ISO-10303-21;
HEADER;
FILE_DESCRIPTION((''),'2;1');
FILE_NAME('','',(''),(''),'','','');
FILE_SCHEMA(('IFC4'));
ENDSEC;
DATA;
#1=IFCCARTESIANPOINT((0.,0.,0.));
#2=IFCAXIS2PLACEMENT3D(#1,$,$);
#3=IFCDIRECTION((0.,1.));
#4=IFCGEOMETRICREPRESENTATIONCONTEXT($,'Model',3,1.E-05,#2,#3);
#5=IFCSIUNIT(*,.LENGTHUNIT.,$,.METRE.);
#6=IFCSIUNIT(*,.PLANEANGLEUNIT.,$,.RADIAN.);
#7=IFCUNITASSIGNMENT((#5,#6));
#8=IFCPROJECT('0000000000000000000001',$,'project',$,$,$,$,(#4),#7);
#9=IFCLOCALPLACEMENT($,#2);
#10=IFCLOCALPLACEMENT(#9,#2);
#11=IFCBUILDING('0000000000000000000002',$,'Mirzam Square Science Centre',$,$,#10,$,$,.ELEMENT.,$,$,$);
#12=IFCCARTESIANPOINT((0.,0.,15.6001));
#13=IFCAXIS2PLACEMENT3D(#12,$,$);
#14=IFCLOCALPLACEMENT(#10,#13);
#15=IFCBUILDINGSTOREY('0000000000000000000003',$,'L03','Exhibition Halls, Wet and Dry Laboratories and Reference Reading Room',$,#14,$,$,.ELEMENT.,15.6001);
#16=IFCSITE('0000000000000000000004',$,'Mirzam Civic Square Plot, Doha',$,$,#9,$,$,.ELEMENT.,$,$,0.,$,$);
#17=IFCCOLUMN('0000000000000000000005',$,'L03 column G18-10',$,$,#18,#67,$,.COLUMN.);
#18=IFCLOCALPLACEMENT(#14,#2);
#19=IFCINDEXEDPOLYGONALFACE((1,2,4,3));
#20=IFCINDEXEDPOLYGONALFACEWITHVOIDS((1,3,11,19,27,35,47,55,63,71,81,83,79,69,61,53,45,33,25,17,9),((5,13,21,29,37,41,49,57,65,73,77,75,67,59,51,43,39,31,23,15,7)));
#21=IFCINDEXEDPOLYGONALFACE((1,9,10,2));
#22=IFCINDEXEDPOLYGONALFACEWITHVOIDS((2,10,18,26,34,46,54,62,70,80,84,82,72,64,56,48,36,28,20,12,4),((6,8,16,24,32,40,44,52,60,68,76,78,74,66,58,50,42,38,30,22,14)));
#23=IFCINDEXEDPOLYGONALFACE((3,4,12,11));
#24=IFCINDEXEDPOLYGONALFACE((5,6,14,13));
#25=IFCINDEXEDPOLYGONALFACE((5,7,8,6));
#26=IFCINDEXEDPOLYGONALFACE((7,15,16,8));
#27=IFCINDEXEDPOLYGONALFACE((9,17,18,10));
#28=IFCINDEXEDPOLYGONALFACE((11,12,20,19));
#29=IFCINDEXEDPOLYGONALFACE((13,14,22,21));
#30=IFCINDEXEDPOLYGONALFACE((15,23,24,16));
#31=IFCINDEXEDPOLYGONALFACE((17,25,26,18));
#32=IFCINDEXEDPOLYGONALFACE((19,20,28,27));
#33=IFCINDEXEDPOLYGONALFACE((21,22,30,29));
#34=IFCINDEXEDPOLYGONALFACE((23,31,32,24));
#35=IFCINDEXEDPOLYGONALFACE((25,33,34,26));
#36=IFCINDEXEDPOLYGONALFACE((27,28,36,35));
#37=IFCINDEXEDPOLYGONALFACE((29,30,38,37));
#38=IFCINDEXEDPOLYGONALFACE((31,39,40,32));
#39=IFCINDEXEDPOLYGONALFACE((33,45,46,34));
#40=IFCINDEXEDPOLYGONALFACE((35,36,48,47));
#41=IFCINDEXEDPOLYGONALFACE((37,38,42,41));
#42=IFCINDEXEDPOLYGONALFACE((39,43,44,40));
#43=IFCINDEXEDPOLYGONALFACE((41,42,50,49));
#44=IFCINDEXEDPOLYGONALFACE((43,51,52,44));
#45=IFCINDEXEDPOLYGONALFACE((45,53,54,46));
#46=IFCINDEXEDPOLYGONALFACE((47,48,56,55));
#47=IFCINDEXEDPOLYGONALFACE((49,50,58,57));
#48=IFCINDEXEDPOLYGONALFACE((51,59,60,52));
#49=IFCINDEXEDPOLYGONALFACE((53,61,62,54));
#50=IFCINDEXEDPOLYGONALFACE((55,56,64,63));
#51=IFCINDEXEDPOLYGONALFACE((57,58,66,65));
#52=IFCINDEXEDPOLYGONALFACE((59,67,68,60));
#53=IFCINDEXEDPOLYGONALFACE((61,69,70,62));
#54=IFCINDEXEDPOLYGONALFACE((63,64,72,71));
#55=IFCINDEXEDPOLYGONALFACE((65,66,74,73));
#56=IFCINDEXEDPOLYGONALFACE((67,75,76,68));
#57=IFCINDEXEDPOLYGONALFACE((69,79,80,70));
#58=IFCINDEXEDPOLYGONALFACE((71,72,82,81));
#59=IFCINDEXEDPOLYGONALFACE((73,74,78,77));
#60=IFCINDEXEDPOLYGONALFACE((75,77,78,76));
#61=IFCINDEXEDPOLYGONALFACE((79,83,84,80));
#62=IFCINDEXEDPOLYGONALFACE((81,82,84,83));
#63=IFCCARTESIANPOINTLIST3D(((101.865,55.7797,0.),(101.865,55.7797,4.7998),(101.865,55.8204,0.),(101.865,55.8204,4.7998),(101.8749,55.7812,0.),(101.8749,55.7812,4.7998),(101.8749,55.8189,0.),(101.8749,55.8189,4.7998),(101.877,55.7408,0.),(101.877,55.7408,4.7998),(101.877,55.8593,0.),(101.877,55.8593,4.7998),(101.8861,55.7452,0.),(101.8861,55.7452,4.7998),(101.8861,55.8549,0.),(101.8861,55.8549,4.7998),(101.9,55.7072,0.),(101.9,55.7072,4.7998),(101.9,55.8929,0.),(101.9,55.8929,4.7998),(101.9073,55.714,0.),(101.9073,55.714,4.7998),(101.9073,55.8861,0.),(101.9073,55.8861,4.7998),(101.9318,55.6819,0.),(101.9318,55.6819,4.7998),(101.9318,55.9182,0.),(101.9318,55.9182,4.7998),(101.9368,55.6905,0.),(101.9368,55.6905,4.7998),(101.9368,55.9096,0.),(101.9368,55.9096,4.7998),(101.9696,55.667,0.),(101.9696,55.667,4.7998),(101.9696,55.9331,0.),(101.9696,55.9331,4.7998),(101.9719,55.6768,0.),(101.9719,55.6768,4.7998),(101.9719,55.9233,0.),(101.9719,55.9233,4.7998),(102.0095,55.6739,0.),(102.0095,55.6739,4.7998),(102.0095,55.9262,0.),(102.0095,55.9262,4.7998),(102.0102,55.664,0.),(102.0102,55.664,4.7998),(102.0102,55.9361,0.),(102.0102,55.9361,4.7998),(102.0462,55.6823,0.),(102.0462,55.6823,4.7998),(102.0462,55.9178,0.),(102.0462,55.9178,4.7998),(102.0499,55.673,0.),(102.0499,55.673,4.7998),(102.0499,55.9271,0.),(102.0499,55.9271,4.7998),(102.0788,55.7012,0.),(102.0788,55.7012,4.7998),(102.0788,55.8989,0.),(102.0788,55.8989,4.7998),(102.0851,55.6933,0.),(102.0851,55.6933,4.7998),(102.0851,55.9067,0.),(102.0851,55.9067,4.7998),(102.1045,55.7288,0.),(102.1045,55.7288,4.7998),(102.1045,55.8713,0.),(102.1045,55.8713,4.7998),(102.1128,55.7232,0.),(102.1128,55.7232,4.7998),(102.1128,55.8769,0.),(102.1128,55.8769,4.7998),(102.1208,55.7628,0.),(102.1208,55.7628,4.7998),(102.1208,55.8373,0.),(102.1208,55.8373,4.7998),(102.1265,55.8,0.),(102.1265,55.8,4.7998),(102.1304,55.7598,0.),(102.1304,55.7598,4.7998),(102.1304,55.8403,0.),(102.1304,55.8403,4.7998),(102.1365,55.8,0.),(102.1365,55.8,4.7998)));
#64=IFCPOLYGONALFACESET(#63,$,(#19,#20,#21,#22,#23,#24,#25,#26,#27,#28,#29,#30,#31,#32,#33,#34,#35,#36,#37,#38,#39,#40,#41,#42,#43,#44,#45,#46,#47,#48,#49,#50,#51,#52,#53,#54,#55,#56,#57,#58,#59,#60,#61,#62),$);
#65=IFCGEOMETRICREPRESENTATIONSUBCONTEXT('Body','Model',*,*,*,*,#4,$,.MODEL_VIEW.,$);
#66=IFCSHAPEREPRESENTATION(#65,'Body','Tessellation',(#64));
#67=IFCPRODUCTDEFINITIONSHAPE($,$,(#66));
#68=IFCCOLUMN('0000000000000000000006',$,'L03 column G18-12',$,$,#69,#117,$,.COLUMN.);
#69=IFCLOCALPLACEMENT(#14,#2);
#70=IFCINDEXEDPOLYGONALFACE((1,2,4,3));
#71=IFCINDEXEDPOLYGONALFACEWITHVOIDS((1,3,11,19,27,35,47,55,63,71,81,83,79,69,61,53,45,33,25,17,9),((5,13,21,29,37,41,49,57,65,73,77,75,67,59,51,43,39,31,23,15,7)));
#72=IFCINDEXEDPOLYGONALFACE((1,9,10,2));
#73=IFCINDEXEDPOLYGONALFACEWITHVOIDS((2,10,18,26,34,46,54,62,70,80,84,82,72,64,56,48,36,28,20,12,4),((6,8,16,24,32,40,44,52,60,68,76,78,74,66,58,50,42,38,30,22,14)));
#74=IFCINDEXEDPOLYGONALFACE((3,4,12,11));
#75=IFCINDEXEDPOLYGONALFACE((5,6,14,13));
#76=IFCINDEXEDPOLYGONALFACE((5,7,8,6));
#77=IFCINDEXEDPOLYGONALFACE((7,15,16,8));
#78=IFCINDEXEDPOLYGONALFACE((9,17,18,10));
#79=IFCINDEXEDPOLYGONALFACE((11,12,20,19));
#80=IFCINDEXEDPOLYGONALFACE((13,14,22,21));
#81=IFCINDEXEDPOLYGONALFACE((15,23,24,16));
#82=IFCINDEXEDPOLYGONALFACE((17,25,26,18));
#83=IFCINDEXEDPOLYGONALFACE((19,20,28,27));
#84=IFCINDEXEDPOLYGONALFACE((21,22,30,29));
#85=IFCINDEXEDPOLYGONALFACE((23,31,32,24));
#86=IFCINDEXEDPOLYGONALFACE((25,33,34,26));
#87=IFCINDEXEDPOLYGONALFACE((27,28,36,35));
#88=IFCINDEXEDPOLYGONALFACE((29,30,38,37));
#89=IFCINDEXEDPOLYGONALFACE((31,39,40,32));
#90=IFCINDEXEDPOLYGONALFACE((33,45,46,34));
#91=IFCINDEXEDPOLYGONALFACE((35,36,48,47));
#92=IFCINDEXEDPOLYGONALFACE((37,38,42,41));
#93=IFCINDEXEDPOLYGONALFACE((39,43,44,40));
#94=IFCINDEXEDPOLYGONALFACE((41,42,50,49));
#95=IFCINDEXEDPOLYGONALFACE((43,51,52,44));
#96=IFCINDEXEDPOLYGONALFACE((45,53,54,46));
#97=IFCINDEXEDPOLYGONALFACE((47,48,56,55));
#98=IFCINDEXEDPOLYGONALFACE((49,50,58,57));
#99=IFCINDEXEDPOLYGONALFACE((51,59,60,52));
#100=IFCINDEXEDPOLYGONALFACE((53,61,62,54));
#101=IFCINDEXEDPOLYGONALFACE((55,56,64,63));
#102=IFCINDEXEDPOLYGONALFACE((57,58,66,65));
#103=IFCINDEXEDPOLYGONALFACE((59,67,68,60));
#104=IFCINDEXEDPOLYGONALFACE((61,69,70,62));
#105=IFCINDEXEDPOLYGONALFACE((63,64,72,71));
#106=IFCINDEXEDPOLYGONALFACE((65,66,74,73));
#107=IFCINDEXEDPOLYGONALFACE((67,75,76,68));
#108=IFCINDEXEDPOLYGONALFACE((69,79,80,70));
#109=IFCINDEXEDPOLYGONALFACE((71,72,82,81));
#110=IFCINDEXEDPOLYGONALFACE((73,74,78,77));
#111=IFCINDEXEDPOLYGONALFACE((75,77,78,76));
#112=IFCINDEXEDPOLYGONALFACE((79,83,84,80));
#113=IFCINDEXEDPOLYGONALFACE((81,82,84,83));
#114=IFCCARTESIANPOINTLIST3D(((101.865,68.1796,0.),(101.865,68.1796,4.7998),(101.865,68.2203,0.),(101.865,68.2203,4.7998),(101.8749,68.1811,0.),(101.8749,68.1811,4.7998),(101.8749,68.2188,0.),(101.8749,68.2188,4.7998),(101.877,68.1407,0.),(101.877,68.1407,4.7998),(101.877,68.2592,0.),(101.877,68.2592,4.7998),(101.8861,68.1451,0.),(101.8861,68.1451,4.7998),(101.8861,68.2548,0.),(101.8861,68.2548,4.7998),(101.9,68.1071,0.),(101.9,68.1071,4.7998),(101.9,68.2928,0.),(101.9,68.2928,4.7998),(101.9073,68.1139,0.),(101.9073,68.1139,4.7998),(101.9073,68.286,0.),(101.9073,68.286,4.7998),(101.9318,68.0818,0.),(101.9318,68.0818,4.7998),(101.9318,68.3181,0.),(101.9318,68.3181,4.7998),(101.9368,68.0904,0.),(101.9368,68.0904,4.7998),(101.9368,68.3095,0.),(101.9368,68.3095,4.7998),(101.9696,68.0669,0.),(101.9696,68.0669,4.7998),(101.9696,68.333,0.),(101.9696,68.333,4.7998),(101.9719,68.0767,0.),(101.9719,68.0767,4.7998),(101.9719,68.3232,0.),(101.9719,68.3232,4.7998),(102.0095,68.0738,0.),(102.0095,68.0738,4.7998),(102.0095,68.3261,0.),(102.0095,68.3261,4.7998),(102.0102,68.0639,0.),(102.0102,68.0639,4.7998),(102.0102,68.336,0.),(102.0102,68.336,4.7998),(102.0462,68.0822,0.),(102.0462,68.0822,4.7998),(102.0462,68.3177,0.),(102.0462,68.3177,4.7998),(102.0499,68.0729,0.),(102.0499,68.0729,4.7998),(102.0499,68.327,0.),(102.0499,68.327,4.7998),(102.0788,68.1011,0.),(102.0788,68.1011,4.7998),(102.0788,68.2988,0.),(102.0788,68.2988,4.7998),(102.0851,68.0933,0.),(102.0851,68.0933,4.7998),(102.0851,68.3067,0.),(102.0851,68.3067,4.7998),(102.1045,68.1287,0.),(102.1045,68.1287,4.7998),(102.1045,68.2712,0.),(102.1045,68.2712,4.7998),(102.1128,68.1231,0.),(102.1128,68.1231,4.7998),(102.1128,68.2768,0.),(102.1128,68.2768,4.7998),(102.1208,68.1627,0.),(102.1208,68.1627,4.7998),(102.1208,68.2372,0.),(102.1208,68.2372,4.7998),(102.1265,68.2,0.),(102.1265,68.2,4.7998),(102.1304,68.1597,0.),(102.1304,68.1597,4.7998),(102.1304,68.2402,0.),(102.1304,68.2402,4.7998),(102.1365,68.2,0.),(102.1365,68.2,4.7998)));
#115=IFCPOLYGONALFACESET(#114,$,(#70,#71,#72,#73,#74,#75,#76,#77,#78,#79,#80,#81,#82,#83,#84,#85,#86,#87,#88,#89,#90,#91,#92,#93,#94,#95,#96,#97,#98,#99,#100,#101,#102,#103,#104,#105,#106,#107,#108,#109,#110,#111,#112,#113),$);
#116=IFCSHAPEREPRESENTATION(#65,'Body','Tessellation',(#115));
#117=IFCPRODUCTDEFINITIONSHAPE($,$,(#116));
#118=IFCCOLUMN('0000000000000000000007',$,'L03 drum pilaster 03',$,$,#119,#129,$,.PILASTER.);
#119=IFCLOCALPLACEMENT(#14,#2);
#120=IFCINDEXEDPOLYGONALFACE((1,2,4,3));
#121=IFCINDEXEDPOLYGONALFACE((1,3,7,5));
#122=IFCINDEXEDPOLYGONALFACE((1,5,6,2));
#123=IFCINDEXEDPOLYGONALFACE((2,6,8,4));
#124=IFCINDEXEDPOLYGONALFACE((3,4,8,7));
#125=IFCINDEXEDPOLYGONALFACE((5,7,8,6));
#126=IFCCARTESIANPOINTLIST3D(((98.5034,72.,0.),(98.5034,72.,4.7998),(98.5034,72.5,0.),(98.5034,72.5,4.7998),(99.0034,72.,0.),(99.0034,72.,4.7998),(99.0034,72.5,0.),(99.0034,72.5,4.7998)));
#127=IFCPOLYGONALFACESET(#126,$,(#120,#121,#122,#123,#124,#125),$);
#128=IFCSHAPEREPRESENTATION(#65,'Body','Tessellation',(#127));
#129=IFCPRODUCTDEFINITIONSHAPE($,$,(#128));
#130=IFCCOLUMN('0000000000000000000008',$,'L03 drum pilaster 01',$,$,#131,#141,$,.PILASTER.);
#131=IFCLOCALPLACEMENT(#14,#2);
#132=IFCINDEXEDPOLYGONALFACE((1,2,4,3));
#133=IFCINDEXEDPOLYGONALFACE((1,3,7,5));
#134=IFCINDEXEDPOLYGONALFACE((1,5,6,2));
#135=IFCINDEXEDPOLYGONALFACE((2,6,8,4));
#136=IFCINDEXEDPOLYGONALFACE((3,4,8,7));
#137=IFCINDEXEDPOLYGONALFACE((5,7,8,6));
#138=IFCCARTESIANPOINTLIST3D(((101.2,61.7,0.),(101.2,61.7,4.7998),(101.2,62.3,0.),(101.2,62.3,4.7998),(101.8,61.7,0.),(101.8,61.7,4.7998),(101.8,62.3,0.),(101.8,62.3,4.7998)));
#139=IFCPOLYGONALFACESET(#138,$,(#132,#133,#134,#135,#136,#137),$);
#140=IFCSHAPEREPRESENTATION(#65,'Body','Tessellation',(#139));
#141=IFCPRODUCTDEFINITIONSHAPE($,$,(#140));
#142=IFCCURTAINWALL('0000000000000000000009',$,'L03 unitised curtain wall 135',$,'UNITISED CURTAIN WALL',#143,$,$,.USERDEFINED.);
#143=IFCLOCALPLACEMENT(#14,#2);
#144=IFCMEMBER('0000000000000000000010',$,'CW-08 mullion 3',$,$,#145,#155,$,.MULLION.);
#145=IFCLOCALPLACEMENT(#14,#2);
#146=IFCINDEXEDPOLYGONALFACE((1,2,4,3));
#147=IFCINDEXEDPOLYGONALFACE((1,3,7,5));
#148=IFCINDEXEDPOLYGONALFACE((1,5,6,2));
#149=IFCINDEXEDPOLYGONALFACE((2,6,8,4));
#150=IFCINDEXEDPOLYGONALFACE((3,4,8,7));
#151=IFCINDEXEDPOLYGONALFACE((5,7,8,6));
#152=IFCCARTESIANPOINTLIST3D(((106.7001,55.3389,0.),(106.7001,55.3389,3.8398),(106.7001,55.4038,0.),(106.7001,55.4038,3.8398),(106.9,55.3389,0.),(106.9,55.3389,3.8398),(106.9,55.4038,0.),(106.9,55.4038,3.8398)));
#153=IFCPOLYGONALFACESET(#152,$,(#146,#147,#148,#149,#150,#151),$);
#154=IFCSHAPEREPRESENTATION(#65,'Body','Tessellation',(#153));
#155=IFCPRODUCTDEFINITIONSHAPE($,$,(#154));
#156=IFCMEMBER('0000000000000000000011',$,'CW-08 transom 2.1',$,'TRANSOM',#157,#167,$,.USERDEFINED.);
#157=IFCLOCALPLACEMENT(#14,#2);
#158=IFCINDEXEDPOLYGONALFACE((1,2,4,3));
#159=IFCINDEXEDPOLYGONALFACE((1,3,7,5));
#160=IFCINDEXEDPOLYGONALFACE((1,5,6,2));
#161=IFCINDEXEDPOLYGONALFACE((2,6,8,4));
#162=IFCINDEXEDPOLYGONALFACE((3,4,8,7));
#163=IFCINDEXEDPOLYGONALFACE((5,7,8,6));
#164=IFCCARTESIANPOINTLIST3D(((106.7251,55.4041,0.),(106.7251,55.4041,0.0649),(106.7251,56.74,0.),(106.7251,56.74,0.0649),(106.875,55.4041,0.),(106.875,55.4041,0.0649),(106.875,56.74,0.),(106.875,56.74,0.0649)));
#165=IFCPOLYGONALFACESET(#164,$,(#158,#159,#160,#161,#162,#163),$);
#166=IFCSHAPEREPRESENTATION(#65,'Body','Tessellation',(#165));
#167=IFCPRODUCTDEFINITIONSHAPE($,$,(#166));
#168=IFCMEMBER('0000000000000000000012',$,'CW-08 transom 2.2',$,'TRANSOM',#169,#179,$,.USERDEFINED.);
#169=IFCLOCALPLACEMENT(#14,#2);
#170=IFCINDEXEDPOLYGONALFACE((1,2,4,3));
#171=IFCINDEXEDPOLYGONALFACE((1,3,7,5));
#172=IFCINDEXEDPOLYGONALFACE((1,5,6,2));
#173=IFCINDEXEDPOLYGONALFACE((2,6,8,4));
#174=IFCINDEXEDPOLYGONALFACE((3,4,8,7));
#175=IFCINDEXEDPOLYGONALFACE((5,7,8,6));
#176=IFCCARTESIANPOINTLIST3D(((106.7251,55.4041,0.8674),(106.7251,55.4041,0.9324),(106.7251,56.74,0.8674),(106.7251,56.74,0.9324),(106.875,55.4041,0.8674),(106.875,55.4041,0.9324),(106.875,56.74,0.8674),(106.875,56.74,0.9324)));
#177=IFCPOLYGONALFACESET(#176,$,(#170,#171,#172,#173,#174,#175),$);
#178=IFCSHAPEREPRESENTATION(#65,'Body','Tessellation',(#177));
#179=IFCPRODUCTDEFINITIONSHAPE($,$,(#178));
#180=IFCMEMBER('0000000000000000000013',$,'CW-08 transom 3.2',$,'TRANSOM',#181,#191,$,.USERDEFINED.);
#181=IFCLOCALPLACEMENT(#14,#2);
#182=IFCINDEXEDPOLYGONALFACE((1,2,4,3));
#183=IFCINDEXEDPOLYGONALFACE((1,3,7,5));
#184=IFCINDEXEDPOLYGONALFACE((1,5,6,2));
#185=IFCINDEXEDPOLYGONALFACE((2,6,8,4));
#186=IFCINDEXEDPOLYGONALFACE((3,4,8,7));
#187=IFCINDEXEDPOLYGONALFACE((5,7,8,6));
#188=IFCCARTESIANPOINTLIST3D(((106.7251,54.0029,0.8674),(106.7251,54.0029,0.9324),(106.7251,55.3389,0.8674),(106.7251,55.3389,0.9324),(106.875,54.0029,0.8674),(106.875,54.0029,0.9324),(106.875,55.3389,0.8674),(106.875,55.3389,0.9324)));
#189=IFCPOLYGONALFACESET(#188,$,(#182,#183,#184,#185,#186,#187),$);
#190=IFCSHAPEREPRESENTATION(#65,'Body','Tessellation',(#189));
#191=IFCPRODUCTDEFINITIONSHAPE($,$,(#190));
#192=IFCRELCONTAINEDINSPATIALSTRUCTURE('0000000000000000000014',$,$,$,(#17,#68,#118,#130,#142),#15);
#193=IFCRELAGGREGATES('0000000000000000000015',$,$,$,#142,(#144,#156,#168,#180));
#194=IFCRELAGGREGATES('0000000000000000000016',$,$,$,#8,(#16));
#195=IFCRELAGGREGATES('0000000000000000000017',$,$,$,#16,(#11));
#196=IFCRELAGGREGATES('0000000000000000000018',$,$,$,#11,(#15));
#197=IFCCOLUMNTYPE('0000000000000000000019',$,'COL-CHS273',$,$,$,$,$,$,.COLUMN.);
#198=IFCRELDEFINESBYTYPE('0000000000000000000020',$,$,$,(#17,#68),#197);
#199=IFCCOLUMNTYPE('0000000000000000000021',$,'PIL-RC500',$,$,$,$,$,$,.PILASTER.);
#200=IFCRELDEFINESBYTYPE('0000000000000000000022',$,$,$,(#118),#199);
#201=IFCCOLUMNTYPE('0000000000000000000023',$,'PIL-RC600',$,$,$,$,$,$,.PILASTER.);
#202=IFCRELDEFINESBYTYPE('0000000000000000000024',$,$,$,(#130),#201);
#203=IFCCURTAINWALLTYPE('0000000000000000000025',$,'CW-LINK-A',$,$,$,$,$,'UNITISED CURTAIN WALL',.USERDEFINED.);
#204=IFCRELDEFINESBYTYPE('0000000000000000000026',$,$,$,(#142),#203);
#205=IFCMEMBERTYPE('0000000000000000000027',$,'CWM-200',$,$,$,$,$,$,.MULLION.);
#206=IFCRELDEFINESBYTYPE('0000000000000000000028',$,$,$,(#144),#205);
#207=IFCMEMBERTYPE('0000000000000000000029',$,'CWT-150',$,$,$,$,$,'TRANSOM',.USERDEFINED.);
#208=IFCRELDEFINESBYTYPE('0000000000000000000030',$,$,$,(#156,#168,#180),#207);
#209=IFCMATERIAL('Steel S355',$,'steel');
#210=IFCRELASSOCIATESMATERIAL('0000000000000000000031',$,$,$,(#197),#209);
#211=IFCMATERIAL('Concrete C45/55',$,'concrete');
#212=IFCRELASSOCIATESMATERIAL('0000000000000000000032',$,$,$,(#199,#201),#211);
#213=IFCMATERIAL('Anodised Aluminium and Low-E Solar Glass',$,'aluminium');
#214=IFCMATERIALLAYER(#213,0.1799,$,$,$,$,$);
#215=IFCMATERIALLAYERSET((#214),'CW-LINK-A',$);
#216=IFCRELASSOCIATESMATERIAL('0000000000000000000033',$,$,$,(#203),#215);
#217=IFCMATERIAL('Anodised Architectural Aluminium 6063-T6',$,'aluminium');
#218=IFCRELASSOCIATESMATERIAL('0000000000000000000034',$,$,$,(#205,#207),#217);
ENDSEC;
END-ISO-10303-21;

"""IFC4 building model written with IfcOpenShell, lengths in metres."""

from ifc_helpers import new_model, si_unit, direction, frame, origin, origin_2d, place, context, subcontext, project, spatial, rectangle, hollow_circle, extrude, material, layer, layer_set, material_profile, profile_set, type_object, element, aggregate, save


model = new_model("IFC4")

# Units and contexts
model_context = context("Model", 3, precision=1e-05, world=origin(), true_north=direction((0.0, 1.0)))
body_context = subcontext(model_context, "Body", "Model", "MODEL_VIEW")
ifc_project = project(units=[si_unit("LENGTHUNIT", "METRE"), si_unit("PLANEANGLEUNIT", "RADIAN")], contexts=[model_context])

# Site, building, storey
site_placement = place(None, origin())
site = spatial("IfcSite", under=ifc_project, at=site_placement, Name="Mirzam Civic Square Plot, Doha", CompositionType="ELEMENT", RefElevation=0.0)
building_placement = place(site_placement, origin())
building = spatial("IfcBuilding", under=site, at=building_placement, Name="Mirzam Square Science Centre", CompositionType="ELEMENT")
storey_placement = place(building_placement, frame((0.0, 0.0, 15.6001)))
storey = spatial("IfcBuildingStorey", under=building, at=storey_placement, Name="L03", Description="Exhibition Halls, Wet and Dry Laboratories and Reference Reading Room", CompositionType="ELEMENT", Elevation=15.6001)

# Columns
ifc_material_1 = material(Name="Steel S355", Category="steel")
ifc_material_profile_1 = material_profile(ifc_material_1, hollow_circle(Radius=0.1365, WallThickness=0.01, at=origin_2d()), Name="273.0x10.0CHS")
ifc_profile_set_1 = profile_set([ifc_material_profile_1], Name="Steel S355")
column_type_1 = type_object("IfcColumnType", Name="COL-CHS273", PredefinedType="COLUMN", material=ifc_profile_set_1)
for number, where, z_axis, x_axis, name in (
    (1, (102.0, 55.8, 0.0), (0.0, 0.0, 1.0), (1.0, 0.0, 0.0), "L03 column G18-10"),
    (2, (102.0, 68.2, 0.0), (0.0, 0.0, 1.0), (1.0, 0.0, 0.0), "L03 column G18-12"),
):
    element("IfcColumn", number, at=place(storey_placement, frame(where, z_axis=z_axis, x_axis=x_axis)), inside=storey, type_object=column_type_1, Name=name, PredefinedType="COLUMN", context=body_context, shape_type="SweptSolid", body=[
        extrude(hollow_circle(Radius=0.1365, WallThickness=0.01, at=origin_2d()), origin(), (0.0, 0.0, 1.0), 4.7998),
    ])
ifc_material_2 = material(Name="Concrete C45/55", Category="concrete")
ifc_material_profile_2 = material_profile(ifc_material_2, rectangle(XDim=0.5, YDim=0.5, at=origin_2d()), Name="RC500x500")
ifc_profile_set_2 = profile_set([ifc_material_profile_2], Name="Concrete C45/55")
column_type_2 = type_object("IfcColumnType", Name="PIL-RC500", PredefinedType="PILASTER", material=ifc_profile_set_2)
column_1_placement = place(storey_placement, frame((98.7534, 72.25, 0.0), z_axis=(0.0, 0.0, 1.0), x_axis=(1.0, 0.0, 0.0)))
element("IfcColumn", 3, at=column_1_placement, inside=storey, type_object=column_type_2, Name="L03 drum pilaster 03", PredefinedType="PILASTER", context=body_context, shape_type="SweptSolid", body=[
    extrude(rectangle(XDim=0.5, YDim=0.5, at=origin_2d()), origin(), (0.0, 0.0, 1.0), 4.7998),
])
ifc_material_profile_3 = material_profile(ifc_material_2, rectangle(XDim=0.6001, YDim=0.6001, at=origin_2d()), Name="RC600x600")
ifc_profile_set_3 = profile_set([ifc_material_profile_3], Name="Concrete C45/55")
column_type_3 = type_object("IfcColumnType", Name="PIL-RC600", PredefinedType="PILASTER", material=ifc_profile_set_3)
column_2_placement = place(storey_placement, frame((101.5, 62.0, 0.0), z_axis=(0.0, 0.0, 1.0), x_axis=(1.0, 0.0, 0.0)))
element("IfcColumn", 4, at=column_2_placement, inside=storey, type_object=column_type_3, Name="L03 drum pilaster 01", PredefinedType="PILASTER", context=body_context, shape_type="SweptSolid", body=[
    extrude(rectangle(XDim=0.6001, YDim=0.6001, at=origin_2d()), origin(), (0.0, 0.0, 1.0), 4.7998),
])

# Curtain wall, members
ifc_material_3 = material(Name="Anodised Aluminium and Low-E Solar Glass", Category="aluminium")
ifc_layer_1 = layer(ifc_material_3, 0.1799)
ifc_layer_set_1 = layer_set([ifc_layer_1], Name="CW-LINK-A")
curtain_wall_type = type_object("IfcCurtainWallType", Name="CW-LINK-A", ElementType="UNITISED CURTAIN WALL", PredefinedType="USERDEFINED", material=ifc_layer_set_1)
curtain_wall_placement = place(storey_placement, origin())
curtain_wall = element("IfcCurtainWall", 5, at=curtain_wall_placement, inside=storey, type_object=curtain_wall_type, Name="L03 unitised curtain wall 135", ObjectType="UNITISED CURTAIN WALL", PredefinedType="USERDEFINED")
ifc_material_4 = material(Name="Anodised Architectural Aluminium 6063-T6", Category="aluminium")
ifc_material_profile_4 = material_profile(ifc_material_4, rectangle(XDim=0.0649, YDim=0.2, at=origin_2d()), Name="ALU-MULL-200x65x5")
ifc_profile_set_4 = profile_set([ifc_material_profile_4], Name="Anodised Architectural Aluminium 6063-T6")
member_type_1 = type_object("IfcMemberType", Name="CWM-200", PredefinedType="MULLION", material=ifc_profile_set_4)
member_1_placement = place(storey_placement, frame((106.8, 55.3713, 0.0), z_axis=(0.0, 0.0, 1.0), x_axis=(0.0, -1.0, 0.0)))
member_1 = element("IfcMember", 6, at=member_1_placement, type_object=member_type_1, Name="CW-08 mullion 3", PredefinedType="MULLION", context=body_context, shape_type="SweptSolid", body=[
    extrude(rectangle(XDim=0.0649, YDim=0.2, at=origin_2d()), origin(), (0.0, 0.0, 1.0), 3.8398),
])
ifc_material_profile_5 = material_profile(ifc_material_4, rectangle(XDim=0.1499, YDim=0.0649, at=origin_2d()), Name="ALU-TRAN-150x65x4")
ifc_profile_set_5 = profile_set([ifc_material_profile_5], Name="Anodised Architectural Aluminium 6063-T6")
member_type_2 = type_object("IfcMemberType", Name="CWT-150", ElementType="TRANSOM", PredefinedType="USERDEFINED", material=ifc_profile_set_5)
member_2_placement = place(storey_placement, frame((106.8, 56.74, 0.0325), z_axis=(0.0, -1.0, 0.0), x_axis=(1.0, 0.0, 0.0)))
member_2 = element("IfcMember", 7, at=member_2_placement, type_object=member_type_2, Name="CW-08 transom 2.1", ObjectType="TRANSOM", PredefinedType="USERDEFINED", context=body_context, shape_type="SweptSolid", body=[
    extrude(rectangle(XDim=0.1499, YDim=0.0649, at=origin_2d()), origin(), (0.0, 0.0, 1.0), 1.3359),
])
member_3_placement = place(storey_placement, frame((106.8, 56.74, 0.8999), z_axis=(0.0, -1.0, 0.0), x_axis=(1.0, 0.0, 0.0)))
member_3 = element("IfcMember", 8, at=member_3_placement, type_object=member_type_2, Name="CW-08 transom 2.2", ObjectType="TRANSOM", PredefinedType="USERDEFINED", context=body_context, shape_type="SweptSolid", body=[
    extrude(rectangle(XDim=0.1499, YDim=0.0649, at=origin_2d()), origin(), (0.0, 0.0, 1.0), 1.3359),
])
member_4_placement = place(storey_placement, frame((106.8, 55.3389, 0.8999), z_axis=(0.0, -1.0, 0.0), x_axis=(1.0, 0.0, 0.0)))
member_4 = element("IfcMember", 9, at=member_4_placement, type_object=member_type_2, Name="CW-08 transom 3.2", ObjectType="TRANSOM", PredefinedType="USERDEFINED", context=body_context, shape_type="SweptSolid", body=[
    extrude(rectangle(XDim=0.1499, YDim=0.0649, at=origin_2d()), origin(), (0.0, 0.0, 1.0), 1.3359),
])
aggregate(curtain_wall, [member_1, member_2, member_3, member_4])

save(model, "model.ifc")
